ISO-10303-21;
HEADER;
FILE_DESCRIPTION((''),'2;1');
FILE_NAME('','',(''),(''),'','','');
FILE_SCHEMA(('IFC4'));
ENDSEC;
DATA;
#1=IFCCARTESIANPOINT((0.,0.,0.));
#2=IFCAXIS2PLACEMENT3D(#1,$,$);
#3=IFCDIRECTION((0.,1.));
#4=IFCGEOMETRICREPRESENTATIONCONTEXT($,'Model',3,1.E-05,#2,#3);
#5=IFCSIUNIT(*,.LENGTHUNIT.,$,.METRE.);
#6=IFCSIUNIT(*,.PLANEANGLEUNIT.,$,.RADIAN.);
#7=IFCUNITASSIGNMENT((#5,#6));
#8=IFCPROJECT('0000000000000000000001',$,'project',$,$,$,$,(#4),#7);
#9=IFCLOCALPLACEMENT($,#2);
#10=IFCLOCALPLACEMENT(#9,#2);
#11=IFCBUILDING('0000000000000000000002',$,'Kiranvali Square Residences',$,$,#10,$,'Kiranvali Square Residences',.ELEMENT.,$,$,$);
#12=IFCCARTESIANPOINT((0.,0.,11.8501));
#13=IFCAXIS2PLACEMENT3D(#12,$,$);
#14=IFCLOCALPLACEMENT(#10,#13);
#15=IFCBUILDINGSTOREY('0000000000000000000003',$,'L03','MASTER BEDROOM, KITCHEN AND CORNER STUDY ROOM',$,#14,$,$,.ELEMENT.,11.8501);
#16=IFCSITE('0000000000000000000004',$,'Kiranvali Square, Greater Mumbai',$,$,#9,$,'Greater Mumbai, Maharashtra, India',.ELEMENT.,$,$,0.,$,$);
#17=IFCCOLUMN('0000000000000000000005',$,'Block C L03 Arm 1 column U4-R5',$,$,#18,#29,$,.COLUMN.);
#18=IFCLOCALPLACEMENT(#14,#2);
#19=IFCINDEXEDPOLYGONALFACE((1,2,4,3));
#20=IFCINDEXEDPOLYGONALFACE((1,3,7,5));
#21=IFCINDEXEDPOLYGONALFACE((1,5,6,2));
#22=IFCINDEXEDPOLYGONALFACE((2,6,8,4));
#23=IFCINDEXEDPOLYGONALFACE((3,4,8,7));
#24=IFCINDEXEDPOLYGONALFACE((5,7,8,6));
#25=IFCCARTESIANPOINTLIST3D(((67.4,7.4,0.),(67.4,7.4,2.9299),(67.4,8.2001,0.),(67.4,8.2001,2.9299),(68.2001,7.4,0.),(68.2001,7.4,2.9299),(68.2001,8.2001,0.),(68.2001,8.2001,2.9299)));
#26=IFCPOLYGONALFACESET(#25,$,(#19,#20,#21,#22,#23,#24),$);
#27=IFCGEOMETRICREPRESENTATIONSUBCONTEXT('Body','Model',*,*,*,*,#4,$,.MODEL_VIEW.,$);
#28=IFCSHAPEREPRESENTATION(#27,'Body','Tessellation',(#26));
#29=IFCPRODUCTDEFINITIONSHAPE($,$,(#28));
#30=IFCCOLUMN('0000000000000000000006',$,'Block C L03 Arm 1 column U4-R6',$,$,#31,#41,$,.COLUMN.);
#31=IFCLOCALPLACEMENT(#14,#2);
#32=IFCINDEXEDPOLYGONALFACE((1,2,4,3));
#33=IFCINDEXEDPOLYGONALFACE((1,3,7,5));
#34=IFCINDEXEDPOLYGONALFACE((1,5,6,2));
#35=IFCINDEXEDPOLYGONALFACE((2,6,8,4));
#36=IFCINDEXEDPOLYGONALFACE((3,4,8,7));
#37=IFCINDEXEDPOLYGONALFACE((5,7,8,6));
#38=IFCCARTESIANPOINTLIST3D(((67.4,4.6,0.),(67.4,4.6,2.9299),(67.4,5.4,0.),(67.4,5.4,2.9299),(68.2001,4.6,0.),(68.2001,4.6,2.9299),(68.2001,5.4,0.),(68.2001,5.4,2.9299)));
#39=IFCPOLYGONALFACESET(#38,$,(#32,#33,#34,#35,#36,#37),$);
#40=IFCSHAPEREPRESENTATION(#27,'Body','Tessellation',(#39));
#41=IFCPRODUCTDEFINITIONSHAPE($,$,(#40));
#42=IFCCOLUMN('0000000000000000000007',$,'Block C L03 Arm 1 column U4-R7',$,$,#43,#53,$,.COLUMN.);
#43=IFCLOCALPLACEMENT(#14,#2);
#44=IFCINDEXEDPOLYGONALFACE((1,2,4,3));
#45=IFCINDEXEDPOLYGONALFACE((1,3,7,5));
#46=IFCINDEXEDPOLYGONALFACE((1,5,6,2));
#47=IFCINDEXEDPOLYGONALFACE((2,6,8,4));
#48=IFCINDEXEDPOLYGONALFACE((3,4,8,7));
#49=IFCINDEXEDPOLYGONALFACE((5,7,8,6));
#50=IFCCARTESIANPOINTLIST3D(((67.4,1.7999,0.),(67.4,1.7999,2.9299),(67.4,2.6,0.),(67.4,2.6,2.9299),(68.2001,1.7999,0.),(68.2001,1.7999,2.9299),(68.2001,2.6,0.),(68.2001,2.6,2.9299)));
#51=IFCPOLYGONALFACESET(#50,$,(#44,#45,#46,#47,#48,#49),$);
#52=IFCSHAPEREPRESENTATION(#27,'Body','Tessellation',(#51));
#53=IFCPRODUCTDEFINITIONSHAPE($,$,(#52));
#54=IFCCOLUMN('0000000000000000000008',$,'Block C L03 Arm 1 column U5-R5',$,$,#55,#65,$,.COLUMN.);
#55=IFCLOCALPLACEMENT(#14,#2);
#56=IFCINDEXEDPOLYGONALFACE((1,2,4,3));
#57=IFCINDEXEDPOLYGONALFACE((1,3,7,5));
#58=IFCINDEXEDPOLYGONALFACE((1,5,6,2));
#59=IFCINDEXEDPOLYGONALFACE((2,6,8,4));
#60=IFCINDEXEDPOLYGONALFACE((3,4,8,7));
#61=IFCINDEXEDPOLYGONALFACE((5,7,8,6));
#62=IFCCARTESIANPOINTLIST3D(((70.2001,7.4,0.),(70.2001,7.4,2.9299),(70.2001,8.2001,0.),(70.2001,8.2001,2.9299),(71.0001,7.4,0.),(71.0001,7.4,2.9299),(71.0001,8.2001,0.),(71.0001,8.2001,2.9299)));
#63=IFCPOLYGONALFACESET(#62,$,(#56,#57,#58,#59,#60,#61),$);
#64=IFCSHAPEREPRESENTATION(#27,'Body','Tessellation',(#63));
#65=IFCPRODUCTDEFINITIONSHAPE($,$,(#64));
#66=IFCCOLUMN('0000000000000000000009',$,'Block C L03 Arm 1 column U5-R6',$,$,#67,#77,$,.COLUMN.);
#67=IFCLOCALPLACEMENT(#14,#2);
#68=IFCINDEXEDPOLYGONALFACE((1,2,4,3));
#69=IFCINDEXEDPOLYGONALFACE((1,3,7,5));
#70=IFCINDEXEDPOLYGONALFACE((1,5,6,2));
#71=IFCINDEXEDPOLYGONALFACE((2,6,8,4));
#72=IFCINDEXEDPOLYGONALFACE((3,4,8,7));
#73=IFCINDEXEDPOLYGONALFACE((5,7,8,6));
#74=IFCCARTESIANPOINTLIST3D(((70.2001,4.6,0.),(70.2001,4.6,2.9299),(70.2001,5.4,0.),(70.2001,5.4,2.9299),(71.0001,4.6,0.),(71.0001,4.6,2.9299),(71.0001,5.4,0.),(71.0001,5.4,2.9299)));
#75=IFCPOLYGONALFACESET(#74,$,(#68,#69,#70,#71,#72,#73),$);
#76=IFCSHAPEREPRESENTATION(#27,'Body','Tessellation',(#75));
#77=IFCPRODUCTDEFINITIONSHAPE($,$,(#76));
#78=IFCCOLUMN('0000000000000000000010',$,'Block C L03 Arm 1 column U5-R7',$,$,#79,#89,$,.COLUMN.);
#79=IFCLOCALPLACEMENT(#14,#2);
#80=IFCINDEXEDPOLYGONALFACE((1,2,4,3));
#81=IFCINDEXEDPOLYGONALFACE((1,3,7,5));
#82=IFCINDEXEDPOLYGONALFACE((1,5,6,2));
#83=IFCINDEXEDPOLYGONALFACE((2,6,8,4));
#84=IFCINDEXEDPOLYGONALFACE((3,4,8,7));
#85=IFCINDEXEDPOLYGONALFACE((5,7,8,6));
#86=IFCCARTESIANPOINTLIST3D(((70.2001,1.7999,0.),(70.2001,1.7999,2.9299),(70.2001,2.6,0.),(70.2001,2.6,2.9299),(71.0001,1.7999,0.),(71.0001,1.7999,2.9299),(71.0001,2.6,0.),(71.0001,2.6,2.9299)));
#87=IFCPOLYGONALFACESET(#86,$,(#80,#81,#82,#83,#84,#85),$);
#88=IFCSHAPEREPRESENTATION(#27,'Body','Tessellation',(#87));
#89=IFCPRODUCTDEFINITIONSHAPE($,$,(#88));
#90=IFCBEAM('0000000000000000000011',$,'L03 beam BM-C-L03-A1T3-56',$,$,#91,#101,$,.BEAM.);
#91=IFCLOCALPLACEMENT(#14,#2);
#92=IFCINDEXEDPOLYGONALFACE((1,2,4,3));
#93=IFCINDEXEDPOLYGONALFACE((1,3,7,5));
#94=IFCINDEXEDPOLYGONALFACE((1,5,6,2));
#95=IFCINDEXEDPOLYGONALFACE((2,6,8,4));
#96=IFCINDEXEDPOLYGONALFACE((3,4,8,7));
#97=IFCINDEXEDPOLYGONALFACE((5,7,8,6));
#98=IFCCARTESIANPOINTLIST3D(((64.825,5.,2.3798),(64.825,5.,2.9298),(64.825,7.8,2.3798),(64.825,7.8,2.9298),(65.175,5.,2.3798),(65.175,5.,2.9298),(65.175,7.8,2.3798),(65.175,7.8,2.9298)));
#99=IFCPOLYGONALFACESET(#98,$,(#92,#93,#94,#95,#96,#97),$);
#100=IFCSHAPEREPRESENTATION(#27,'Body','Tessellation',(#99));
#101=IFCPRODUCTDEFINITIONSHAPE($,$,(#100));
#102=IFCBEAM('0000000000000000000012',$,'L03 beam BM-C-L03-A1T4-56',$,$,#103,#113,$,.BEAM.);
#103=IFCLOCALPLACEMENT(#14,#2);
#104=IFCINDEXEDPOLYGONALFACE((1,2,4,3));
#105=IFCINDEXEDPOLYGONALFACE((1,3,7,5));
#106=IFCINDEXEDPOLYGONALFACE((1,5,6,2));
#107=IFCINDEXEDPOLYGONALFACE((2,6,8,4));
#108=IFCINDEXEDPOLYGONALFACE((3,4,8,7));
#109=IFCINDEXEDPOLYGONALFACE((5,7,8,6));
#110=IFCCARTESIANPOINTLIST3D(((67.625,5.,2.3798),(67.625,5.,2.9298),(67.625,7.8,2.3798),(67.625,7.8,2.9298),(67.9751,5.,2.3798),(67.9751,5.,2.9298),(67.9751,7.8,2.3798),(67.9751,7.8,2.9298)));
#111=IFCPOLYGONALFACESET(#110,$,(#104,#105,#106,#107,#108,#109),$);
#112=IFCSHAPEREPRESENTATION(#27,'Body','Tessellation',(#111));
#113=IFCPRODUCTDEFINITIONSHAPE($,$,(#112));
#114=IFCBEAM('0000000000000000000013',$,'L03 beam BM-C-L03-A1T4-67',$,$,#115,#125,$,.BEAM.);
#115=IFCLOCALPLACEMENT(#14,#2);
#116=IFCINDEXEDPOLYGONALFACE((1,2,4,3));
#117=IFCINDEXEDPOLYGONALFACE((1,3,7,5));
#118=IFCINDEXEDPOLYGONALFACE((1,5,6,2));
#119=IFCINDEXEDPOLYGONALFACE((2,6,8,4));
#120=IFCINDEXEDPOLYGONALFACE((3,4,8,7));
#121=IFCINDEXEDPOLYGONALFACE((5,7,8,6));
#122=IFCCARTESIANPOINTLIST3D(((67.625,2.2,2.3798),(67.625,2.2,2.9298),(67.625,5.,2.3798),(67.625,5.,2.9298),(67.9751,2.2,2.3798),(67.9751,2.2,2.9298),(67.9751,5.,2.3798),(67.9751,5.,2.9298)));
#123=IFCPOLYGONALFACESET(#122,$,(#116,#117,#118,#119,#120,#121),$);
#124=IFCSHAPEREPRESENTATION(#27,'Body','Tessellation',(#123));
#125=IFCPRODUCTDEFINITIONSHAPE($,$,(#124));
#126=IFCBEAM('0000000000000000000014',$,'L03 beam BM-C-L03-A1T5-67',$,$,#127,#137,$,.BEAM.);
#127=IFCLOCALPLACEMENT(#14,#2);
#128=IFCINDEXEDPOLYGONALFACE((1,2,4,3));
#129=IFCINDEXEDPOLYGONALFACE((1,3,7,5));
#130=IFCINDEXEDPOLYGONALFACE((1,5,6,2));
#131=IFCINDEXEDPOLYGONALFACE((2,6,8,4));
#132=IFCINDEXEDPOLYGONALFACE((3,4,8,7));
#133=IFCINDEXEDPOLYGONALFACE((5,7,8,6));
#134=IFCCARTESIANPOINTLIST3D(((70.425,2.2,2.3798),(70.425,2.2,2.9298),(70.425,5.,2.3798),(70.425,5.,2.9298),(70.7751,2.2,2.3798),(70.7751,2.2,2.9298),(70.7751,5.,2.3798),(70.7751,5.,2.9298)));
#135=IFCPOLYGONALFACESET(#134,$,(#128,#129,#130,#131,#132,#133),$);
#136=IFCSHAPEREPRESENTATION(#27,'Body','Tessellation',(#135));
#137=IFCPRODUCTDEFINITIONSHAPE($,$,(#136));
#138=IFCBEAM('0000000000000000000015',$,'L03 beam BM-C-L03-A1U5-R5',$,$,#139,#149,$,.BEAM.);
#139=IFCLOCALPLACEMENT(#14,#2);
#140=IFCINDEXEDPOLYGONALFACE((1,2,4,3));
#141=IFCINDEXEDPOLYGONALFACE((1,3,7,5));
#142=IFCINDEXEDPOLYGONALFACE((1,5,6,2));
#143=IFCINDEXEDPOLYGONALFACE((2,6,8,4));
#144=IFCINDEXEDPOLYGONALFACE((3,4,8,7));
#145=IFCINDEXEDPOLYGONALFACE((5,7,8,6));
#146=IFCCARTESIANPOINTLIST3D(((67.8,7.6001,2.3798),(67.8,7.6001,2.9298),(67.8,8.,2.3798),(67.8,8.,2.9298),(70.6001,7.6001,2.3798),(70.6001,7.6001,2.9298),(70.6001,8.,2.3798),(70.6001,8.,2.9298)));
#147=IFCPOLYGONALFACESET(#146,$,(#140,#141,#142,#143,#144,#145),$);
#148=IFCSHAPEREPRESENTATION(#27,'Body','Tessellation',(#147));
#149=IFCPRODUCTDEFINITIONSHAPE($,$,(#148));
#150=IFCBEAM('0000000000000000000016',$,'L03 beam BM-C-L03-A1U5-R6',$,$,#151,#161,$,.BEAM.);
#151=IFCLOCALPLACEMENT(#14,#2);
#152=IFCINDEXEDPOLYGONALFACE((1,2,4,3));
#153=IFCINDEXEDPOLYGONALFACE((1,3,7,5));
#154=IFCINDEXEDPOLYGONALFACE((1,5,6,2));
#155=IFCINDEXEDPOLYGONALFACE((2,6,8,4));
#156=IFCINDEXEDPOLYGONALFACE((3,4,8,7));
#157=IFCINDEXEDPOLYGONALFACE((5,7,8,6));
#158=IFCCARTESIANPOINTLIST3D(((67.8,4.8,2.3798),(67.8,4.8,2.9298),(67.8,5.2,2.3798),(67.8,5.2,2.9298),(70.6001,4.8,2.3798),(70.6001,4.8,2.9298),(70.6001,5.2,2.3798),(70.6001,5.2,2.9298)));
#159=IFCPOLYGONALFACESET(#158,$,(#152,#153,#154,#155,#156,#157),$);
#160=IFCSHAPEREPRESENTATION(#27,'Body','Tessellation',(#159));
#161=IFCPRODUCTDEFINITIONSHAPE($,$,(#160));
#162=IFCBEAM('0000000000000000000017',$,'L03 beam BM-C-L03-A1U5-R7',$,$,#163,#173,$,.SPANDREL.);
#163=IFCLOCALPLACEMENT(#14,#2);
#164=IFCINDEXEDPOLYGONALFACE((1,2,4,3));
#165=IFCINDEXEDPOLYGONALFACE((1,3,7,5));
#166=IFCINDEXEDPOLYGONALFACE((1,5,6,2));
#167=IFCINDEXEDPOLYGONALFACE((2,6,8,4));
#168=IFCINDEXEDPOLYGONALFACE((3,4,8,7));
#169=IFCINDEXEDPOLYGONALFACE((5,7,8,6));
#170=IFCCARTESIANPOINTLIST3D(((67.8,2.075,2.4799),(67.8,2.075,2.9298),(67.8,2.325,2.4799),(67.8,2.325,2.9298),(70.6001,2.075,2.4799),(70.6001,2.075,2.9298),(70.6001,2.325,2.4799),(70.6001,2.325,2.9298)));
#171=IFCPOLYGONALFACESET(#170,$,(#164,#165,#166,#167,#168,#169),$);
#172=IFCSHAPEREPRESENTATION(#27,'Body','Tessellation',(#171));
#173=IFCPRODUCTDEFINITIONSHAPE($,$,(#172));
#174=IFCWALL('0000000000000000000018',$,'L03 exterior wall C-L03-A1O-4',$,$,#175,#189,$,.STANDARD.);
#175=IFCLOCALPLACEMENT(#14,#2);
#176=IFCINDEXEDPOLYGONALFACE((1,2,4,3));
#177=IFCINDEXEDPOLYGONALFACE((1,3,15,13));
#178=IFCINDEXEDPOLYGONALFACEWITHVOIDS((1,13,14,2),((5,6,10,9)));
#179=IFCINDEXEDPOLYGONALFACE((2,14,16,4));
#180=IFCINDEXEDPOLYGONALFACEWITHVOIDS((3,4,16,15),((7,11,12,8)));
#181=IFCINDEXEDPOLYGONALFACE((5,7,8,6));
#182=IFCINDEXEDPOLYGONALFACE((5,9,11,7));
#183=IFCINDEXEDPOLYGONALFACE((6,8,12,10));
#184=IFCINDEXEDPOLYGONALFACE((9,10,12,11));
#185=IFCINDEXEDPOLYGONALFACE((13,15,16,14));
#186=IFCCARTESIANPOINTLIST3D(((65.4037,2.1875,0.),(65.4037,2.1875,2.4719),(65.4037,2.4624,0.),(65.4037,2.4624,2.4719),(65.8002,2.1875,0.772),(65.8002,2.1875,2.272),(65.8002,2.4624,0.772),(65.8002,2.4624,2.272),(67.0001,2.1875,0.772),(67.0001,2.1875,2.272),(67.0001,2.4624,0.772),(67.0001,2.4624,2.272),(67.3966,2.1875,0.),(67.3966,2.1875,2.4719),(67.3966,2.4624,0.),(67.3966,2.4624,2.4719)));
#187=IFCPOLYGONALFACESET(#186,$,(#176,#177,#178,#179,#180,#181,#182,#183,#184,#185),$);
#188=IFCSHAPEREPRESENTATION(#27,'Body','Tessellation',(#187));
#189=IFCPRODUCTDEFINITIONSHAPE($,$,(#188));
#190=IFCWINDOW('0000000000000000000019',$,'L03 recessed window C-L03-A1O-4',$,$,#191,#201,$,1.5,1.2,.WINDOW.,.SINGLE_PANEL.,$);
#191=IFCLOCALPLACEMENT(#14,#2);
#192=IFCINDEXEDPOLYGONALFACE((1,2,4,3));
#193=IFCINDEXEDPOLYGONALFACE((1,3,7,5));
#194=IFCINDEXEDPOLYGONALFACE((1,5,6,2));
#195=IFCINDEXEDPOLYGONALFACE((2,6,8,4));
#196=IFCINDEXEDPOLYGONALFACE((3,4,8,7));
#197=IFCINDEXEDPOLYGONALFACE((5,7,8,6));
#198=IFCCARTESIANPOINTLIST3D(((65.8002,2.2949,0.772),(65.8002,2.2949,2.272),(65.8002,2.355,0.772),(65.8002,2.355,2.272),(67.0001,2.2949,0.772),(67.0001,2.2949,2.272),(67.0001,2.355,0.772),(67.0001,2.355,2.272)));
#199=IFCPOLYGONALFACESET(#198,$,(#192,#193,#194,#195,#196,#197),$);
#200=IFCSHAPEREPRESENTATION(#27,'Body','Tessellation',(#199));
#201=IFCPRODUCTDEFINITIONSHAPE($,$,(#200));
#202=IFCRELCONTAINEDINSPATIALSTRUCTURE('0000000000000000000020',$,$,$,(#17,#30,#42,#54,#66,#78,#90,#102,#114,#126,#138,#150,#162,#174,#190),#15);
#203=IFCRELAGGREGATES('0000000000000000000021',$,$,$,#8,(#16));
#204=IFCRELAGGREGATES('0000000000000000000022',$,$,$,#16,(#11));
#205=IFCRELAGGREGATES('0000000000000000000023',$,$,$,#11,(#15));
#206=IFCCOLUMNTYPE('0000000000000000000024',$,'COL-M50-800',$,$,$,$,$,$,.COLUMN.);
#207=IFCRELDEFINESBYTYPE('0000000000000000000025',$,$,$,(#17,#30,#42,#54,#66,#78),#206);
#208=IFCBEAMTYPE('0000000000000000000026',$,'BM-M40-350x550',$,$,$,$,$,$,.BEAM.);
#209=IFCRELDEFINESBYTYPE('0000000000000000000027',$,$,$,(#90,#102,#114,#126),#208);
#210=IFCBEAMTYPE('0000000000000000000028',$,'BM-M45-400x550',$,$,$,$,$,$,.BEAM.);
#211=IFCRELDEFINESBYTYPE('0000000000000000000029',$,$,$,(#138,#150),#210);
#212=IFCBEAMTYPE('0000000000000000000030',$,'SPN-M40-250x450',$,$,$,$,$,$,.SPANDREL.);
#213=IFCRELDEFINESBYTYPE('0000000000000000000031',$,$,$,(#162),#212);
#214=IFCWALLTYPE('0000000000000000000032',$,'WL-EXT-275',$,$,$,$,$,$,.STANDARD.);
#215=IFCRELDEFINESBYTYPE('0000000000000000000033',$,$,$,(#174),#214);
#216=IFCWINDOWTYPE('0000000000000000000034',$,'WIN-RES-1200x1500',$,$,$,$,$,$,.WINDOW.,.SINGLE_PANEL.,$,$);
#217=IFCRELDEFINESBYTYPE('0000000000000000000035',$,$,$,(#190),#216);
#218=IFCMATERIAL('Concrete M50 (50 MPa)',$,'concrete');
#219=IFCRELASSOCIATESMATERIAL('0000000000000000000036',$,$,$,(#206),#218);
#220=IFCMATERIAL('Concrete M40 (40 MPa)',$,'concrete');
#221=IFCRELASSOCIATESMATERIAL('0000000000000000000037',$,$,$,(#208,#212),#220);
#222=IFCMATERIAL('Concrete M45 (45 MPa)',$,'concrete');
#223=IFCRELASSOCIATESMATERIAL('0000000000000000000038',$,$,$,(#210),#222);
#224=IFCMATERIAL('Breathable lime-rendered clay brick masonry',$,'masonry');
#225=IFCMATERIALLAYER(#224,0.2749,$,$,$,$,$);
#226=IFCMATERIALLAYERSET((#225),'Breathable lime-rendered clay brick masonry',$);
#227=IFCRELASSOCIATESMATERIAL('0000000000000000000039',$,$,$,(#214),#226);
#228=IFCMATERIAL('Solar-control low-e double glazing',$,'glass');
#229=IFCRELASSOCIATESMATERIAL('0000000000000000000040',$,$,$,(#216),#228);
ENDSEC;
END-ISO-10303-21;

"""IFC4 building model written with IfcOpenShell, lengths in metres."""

from ifc_helpers import new_model, si_unit, direction, frame, frame_2d, origin, origin_2d, place, context, subcontext, project, spatial, rectangle, extrude, material, layer, layer_set, material_profile, profile_set, type_object, element, fill, save


model = new_model("IFC4")

# Units and contexts
model_context = context("Model", 3, precision=1e-05, world=origin(), true_north=direction((0.0, 1.0)))
body_context = subcontext(model_context, "Body", "Model", "MODEL_VIEW")
ifc_project = project(units=[si_unit("LENGTHUNIT", "METRE"), si_unit("PLANEANGLEUNIT", "RADIAN")], contexts=[model_context])

# Site, building, storey
site_placement = place(None, origin())
site = spatial("IfcSite", under=ifc_project, at=site_placement, Name="Kiranvali Square, Greater Mumbai", LongName="Greater Mumbai, Maharashtra, India", CompositionType="ELEMENT", RefElevation=0.0)
building_placement = place(site_placement, origin())
building = spatial("IfcBuilding", under=site, at=building_placement, Name="Kiranvali Square Residences", LongName="Kiranvali Square Residences", CompositionType="ELEMENT")
storey_placement = place(building_placement, frame((0.0, 0.0, 11.8501)))
storey = spatial("IfcBuildingStorey", under=building, at=storey_placement, Name="L03", Description="MASTER BEDROOM, KITCHEN AND CORNER STUDY ROOM", CompositionType="ELEMENT", Elevation=11.8501)

# Columns
ifc_material_1 = material(Name="Concrete M50 (50 MPa)", Category="concrete")
ifc_material_profile_1 = material_profile(ifc_material_1, rectangle(XDim=0.8, YDim=0.8, at=origin_2d()), Name="RC 800x800")
ifc_profile_set_1 = profile_set([ifc_material_profile_1], Name="Concrete M50 (50 MPa)")
column_type = type_object("IfcColumnType", Name="COL-M50-800", PredefinedType="COLUMN", material=ifc_profile_set_1)
for number, where, z_axis, x_axis, name in (
    (1, (67.8, 7.8, 0.0), (0.0, 0.0, 1.0), (1.0, 0.0, 0.0), "Block C L03 Arm 1 column U4-R5"),
    (2, (67.8, 5.0, 0.0), (0.0, 0.0, 1.0), (1.0, 0.0, 0.0), "Block C L03 Arm 1 column U4-R6"),
    (3, (67.8, 2.2, 0.0), (0.0, 0.0, 1.0), (1.0, 0.0, 0.0), "Block C L03 Arm 1 column U4-R7"),
    (4, (70.6001, 7.8, 0.0), (0.0, 0.0, 1.0), (1.0, 0.0, 0.0), "Block C L03 Arm 1 column U5-R5"),
    (5, (70.6001, 5.0, 0.0), (0.0, 0.0, 1.0), (1.0, 0.0, 0.0), "Block C L03 Arm 1 column U5-R6"),
    (6, (70.6001, 2.2, 0.0), (0.0, 0.0, 1.0), (1.0, 0.0, 0.0), "Block C L03 Arm 1 column U5-R7"),
):
    element("IfcColumn", number, at=place(storey_placement, frame(where, z_axis=z_axis, x_axis=x_axis)), inside=storey, type_object=column_type, Name=name, PredefinedType="COLUMN", context=body_context, shape_type="SweptSolid", body=[
        extrude(rectangle(XDim=0.8, YDim=0.8, at=origin_2d()), origin(), (0.0, 0.0, 1.0), 2.9299),
    ])

# Beams
ifc_material_2 = material(Name="Concrete M40 (40 MPa)", Category="concrete")
ifc_material_profile_2 = material_profile(ifc_material_2, rectangle(XDim=0.3501, YDim=0.55, at=origin_2d()), Name="RC 350x550")
ifc_profile_set_2 = profile_set([ifc_material_profile_2], Name="Concrete M40 (40 MPa)")
beam_type_1 = type_object("IfcBeamType", Name="BM-M40-350x550", PredefinedType="BEAM", material=ifc_profile_set_2)
for number, where, z_axis, x_axis, name in (
    (7, (65.0, 7.8, 2.6548), (0.0, -1.0, 0.0), (1.0, 0.0, 0.0), "L03 beam BM-C-L03-A1T3-56"),
    (8, (67.8, 7.8, 2.6548), (0.0, -1.0, 0.0), (1.0, 0.0, 0.0), "L03 beam BM-C-L03-A1T4-56"),
    (9, (67.8, 5.0, 2.6548), (0.0, -1.0, 0.0), (1.0, 0.0, 0.0), "L03 beam BM-C-L03-A1T4-67"),
    (10, (70.6001, 5.0, 2.6548), (0.0, -1.0, 0.0), (1.0, 0.0, 0.0), "L03 beam BM-C-L03-A1T5-67"),
):
    element("IfcBeam", number, at=place(storey_placement, frame(where, z_axis=z_axis, x_axis=x_axis)), inside=storey, type_object=beam_type_1, Name=name, PredefinedType="BEAM", context=body_context, shape_type="SweptSolid", body=[
        extrude(rectangle(XDim=0.3501, YDim=0.55, at=origin_2d()), origin(), (0.0, 0.0, 1.0), 2.8),
    ])
ifc_material_3 = material(Name="Concrete M45 (45 MPa)", Category="concrete")
ifc_material_profile_3 = material_profile(ifc_material_3, rectangle(XDim=0.3999, YDim=0.55, at=origin_2d()), Name="RC 400x550")
ifc_profile_set_3 = profile_set([ifc_material_profile_3], Name="Concrete M45 (45 MPa)")
beam_type_2 = type_object("IfcBeamType", Name="BM-M45-400x550", PredefinedType="BEAM", material=ifc_profile_set_3)
for number, where, z_axis, x_axis, name in (
    (11, (67.8, 7.8, 2.6548), (1.0, 0.0, 0.0), (0.0, 1.0, 0.0), "L03 beam BM-C-L03-A1U5-R5"),
    (12, (67.8, 5.0, 2.6548), (1.0, 0.0, 0.0), (0.0, 1.0, 0.0), "L03 beam BM-C-L03-A1U5-R6"),
):
    element("IfcBeam", number, at=place(storey_placement, frame(where, z_axis=z_axis, x_axis=x_axis)), inside=storey, type_object=beam_type_2, Name=name, PredefinedType="BEAM", context=body_context, shape_type="SweptSolid", body=[
        extrude(rectangle(XDim=0.3999, YDim=0.55, at=origin_2d()), origin(), (0.0, 0.0, 1.0), 2.8),
    ])
ifc_material_profile_4 = material_profile(ifc_material_2, rectangle(XDim=0.25, YDim=0.45, at=origin_2d()), Name="RC 250x450")
ifc_profile_set_4 = profile_set([ifc_material_profile_4], Name="Concrete M40 (40 MPa)")
beam_type_3 = type_object("IfcBeamType", Name="SPN-M40-250x450", PredefinedType="SPANDREL", material=ifc_profile_set_4)
beam_placement = place(storey_placement, frame((67.8, 2.2, 2.7048), z_axis=(1.0, 0.0, 0.0), x_axis=(0.0, 1.0, 0.0)))
element("IfcBeam", 13, at=beam_placement, inside=storey, type_object=beam_type_3, Name="L03 beam BM-C-L03-A1U5-R7", PredefinedType="SPANDREL", context=body_context, shape_type="SweptSolid", body=[
    extrude(rectangle(XDim=0.25, YDim=0.45, at=origin_2d()), origin(), (0.0, 0.0, 1.0), 2.8),
])

# Wall, opening, window
ifc_material_4 = material(Name="Breathable lime-rendered clay brick masonry", Category="masonry")
ifc_layer_1 = layer(ifc_material_4, 0.2749)
ifc_layer_set_1 = layer_set([ifc_layer_1], Name="Breathable lime-rendered clay brick masonry")
wall_type_1 = type_object("IfcWallType", Name="WL-EXT-275", PredefinedType="STANDARD", material=ifc_layer_set_1)
wall_1_placement = place(storey_placement, frame((65.4036, 2.325, 0.0), z_axis=(0.0, 0.0, 1.0), x_axis=(1.0, 0.0, 0.0)))
wall_1 = element("IfcWall", 14, at=wall_1_placement, inside=storey, type_object=wall_type_1, Name="L03 exterior wall C-L03-A1O-4", PredefinedType="STANDARD", context=body_context, shape_type="SweptSolid", body=[
    extrude(rectangle(XDim=1.9929, YDim=0.2749, at=frame_2d((0.9966, 0.0))), origin(), (0.0, 0.0, 1.0), 2.4719),
])
opening_1_placement = place(wall_1_placement, frame((0.3965, 0.0, 0.772)))
opening_1 = element("IfcOpeningElement", 15, at=opening_1_placement, cuts=wall_1, PredefinedType="OPENING", context=body_context, shape_type="SweptSolid", body=[
    extrude(rectangle(XDim=1.2, YDim=1.5, at=frame_2d((0.6001, 0.75))), frame((0.0, 0.1475, 0.0), z_axis=(0.0, -1.0, 0.0), x_axis=(1.0, 0.0, 0.0)), (0.0, 0.0, 1.0), 0.2949),
])
ifc_material_5 = material(Name="Solar-control low-e double glazing", Category="glass")
window_type = type_object("IfcWindowType", Name="WIN-RES-1200x1500", PartitioningType="SINGLE_PANEL", PredefinedType="WINDOW", material=ifc_material_5)
window_1_placement = place(opening_1_placement, origin())
window_1 = element("IfcWindow", 16, at=window_1_placement, inside=storey, type_object=window_type, Name="L03 recessed window C-L03-A1O-4", OverallHeight=1.5, OverallWidth=1.2, PartitioningType="SINGLE_PANEL", PredefinedType="WINDOW", context=body_context, shape_type="SweptSolid", body=[
    extrude(rectangle(XDim=1.2, YDim=1.5, at=frame_2d((0.6001, 0.75))), frame((0.0, 0.03, 0.0), z_axis=(0.0, -1.0, 0.0), x_axis=(1.0, 0.0, 0.0)), (0.0, 0.0, 1.0), 0.0601),
])
fill(opening_1, window_1)

save(model, "model.ifc")
